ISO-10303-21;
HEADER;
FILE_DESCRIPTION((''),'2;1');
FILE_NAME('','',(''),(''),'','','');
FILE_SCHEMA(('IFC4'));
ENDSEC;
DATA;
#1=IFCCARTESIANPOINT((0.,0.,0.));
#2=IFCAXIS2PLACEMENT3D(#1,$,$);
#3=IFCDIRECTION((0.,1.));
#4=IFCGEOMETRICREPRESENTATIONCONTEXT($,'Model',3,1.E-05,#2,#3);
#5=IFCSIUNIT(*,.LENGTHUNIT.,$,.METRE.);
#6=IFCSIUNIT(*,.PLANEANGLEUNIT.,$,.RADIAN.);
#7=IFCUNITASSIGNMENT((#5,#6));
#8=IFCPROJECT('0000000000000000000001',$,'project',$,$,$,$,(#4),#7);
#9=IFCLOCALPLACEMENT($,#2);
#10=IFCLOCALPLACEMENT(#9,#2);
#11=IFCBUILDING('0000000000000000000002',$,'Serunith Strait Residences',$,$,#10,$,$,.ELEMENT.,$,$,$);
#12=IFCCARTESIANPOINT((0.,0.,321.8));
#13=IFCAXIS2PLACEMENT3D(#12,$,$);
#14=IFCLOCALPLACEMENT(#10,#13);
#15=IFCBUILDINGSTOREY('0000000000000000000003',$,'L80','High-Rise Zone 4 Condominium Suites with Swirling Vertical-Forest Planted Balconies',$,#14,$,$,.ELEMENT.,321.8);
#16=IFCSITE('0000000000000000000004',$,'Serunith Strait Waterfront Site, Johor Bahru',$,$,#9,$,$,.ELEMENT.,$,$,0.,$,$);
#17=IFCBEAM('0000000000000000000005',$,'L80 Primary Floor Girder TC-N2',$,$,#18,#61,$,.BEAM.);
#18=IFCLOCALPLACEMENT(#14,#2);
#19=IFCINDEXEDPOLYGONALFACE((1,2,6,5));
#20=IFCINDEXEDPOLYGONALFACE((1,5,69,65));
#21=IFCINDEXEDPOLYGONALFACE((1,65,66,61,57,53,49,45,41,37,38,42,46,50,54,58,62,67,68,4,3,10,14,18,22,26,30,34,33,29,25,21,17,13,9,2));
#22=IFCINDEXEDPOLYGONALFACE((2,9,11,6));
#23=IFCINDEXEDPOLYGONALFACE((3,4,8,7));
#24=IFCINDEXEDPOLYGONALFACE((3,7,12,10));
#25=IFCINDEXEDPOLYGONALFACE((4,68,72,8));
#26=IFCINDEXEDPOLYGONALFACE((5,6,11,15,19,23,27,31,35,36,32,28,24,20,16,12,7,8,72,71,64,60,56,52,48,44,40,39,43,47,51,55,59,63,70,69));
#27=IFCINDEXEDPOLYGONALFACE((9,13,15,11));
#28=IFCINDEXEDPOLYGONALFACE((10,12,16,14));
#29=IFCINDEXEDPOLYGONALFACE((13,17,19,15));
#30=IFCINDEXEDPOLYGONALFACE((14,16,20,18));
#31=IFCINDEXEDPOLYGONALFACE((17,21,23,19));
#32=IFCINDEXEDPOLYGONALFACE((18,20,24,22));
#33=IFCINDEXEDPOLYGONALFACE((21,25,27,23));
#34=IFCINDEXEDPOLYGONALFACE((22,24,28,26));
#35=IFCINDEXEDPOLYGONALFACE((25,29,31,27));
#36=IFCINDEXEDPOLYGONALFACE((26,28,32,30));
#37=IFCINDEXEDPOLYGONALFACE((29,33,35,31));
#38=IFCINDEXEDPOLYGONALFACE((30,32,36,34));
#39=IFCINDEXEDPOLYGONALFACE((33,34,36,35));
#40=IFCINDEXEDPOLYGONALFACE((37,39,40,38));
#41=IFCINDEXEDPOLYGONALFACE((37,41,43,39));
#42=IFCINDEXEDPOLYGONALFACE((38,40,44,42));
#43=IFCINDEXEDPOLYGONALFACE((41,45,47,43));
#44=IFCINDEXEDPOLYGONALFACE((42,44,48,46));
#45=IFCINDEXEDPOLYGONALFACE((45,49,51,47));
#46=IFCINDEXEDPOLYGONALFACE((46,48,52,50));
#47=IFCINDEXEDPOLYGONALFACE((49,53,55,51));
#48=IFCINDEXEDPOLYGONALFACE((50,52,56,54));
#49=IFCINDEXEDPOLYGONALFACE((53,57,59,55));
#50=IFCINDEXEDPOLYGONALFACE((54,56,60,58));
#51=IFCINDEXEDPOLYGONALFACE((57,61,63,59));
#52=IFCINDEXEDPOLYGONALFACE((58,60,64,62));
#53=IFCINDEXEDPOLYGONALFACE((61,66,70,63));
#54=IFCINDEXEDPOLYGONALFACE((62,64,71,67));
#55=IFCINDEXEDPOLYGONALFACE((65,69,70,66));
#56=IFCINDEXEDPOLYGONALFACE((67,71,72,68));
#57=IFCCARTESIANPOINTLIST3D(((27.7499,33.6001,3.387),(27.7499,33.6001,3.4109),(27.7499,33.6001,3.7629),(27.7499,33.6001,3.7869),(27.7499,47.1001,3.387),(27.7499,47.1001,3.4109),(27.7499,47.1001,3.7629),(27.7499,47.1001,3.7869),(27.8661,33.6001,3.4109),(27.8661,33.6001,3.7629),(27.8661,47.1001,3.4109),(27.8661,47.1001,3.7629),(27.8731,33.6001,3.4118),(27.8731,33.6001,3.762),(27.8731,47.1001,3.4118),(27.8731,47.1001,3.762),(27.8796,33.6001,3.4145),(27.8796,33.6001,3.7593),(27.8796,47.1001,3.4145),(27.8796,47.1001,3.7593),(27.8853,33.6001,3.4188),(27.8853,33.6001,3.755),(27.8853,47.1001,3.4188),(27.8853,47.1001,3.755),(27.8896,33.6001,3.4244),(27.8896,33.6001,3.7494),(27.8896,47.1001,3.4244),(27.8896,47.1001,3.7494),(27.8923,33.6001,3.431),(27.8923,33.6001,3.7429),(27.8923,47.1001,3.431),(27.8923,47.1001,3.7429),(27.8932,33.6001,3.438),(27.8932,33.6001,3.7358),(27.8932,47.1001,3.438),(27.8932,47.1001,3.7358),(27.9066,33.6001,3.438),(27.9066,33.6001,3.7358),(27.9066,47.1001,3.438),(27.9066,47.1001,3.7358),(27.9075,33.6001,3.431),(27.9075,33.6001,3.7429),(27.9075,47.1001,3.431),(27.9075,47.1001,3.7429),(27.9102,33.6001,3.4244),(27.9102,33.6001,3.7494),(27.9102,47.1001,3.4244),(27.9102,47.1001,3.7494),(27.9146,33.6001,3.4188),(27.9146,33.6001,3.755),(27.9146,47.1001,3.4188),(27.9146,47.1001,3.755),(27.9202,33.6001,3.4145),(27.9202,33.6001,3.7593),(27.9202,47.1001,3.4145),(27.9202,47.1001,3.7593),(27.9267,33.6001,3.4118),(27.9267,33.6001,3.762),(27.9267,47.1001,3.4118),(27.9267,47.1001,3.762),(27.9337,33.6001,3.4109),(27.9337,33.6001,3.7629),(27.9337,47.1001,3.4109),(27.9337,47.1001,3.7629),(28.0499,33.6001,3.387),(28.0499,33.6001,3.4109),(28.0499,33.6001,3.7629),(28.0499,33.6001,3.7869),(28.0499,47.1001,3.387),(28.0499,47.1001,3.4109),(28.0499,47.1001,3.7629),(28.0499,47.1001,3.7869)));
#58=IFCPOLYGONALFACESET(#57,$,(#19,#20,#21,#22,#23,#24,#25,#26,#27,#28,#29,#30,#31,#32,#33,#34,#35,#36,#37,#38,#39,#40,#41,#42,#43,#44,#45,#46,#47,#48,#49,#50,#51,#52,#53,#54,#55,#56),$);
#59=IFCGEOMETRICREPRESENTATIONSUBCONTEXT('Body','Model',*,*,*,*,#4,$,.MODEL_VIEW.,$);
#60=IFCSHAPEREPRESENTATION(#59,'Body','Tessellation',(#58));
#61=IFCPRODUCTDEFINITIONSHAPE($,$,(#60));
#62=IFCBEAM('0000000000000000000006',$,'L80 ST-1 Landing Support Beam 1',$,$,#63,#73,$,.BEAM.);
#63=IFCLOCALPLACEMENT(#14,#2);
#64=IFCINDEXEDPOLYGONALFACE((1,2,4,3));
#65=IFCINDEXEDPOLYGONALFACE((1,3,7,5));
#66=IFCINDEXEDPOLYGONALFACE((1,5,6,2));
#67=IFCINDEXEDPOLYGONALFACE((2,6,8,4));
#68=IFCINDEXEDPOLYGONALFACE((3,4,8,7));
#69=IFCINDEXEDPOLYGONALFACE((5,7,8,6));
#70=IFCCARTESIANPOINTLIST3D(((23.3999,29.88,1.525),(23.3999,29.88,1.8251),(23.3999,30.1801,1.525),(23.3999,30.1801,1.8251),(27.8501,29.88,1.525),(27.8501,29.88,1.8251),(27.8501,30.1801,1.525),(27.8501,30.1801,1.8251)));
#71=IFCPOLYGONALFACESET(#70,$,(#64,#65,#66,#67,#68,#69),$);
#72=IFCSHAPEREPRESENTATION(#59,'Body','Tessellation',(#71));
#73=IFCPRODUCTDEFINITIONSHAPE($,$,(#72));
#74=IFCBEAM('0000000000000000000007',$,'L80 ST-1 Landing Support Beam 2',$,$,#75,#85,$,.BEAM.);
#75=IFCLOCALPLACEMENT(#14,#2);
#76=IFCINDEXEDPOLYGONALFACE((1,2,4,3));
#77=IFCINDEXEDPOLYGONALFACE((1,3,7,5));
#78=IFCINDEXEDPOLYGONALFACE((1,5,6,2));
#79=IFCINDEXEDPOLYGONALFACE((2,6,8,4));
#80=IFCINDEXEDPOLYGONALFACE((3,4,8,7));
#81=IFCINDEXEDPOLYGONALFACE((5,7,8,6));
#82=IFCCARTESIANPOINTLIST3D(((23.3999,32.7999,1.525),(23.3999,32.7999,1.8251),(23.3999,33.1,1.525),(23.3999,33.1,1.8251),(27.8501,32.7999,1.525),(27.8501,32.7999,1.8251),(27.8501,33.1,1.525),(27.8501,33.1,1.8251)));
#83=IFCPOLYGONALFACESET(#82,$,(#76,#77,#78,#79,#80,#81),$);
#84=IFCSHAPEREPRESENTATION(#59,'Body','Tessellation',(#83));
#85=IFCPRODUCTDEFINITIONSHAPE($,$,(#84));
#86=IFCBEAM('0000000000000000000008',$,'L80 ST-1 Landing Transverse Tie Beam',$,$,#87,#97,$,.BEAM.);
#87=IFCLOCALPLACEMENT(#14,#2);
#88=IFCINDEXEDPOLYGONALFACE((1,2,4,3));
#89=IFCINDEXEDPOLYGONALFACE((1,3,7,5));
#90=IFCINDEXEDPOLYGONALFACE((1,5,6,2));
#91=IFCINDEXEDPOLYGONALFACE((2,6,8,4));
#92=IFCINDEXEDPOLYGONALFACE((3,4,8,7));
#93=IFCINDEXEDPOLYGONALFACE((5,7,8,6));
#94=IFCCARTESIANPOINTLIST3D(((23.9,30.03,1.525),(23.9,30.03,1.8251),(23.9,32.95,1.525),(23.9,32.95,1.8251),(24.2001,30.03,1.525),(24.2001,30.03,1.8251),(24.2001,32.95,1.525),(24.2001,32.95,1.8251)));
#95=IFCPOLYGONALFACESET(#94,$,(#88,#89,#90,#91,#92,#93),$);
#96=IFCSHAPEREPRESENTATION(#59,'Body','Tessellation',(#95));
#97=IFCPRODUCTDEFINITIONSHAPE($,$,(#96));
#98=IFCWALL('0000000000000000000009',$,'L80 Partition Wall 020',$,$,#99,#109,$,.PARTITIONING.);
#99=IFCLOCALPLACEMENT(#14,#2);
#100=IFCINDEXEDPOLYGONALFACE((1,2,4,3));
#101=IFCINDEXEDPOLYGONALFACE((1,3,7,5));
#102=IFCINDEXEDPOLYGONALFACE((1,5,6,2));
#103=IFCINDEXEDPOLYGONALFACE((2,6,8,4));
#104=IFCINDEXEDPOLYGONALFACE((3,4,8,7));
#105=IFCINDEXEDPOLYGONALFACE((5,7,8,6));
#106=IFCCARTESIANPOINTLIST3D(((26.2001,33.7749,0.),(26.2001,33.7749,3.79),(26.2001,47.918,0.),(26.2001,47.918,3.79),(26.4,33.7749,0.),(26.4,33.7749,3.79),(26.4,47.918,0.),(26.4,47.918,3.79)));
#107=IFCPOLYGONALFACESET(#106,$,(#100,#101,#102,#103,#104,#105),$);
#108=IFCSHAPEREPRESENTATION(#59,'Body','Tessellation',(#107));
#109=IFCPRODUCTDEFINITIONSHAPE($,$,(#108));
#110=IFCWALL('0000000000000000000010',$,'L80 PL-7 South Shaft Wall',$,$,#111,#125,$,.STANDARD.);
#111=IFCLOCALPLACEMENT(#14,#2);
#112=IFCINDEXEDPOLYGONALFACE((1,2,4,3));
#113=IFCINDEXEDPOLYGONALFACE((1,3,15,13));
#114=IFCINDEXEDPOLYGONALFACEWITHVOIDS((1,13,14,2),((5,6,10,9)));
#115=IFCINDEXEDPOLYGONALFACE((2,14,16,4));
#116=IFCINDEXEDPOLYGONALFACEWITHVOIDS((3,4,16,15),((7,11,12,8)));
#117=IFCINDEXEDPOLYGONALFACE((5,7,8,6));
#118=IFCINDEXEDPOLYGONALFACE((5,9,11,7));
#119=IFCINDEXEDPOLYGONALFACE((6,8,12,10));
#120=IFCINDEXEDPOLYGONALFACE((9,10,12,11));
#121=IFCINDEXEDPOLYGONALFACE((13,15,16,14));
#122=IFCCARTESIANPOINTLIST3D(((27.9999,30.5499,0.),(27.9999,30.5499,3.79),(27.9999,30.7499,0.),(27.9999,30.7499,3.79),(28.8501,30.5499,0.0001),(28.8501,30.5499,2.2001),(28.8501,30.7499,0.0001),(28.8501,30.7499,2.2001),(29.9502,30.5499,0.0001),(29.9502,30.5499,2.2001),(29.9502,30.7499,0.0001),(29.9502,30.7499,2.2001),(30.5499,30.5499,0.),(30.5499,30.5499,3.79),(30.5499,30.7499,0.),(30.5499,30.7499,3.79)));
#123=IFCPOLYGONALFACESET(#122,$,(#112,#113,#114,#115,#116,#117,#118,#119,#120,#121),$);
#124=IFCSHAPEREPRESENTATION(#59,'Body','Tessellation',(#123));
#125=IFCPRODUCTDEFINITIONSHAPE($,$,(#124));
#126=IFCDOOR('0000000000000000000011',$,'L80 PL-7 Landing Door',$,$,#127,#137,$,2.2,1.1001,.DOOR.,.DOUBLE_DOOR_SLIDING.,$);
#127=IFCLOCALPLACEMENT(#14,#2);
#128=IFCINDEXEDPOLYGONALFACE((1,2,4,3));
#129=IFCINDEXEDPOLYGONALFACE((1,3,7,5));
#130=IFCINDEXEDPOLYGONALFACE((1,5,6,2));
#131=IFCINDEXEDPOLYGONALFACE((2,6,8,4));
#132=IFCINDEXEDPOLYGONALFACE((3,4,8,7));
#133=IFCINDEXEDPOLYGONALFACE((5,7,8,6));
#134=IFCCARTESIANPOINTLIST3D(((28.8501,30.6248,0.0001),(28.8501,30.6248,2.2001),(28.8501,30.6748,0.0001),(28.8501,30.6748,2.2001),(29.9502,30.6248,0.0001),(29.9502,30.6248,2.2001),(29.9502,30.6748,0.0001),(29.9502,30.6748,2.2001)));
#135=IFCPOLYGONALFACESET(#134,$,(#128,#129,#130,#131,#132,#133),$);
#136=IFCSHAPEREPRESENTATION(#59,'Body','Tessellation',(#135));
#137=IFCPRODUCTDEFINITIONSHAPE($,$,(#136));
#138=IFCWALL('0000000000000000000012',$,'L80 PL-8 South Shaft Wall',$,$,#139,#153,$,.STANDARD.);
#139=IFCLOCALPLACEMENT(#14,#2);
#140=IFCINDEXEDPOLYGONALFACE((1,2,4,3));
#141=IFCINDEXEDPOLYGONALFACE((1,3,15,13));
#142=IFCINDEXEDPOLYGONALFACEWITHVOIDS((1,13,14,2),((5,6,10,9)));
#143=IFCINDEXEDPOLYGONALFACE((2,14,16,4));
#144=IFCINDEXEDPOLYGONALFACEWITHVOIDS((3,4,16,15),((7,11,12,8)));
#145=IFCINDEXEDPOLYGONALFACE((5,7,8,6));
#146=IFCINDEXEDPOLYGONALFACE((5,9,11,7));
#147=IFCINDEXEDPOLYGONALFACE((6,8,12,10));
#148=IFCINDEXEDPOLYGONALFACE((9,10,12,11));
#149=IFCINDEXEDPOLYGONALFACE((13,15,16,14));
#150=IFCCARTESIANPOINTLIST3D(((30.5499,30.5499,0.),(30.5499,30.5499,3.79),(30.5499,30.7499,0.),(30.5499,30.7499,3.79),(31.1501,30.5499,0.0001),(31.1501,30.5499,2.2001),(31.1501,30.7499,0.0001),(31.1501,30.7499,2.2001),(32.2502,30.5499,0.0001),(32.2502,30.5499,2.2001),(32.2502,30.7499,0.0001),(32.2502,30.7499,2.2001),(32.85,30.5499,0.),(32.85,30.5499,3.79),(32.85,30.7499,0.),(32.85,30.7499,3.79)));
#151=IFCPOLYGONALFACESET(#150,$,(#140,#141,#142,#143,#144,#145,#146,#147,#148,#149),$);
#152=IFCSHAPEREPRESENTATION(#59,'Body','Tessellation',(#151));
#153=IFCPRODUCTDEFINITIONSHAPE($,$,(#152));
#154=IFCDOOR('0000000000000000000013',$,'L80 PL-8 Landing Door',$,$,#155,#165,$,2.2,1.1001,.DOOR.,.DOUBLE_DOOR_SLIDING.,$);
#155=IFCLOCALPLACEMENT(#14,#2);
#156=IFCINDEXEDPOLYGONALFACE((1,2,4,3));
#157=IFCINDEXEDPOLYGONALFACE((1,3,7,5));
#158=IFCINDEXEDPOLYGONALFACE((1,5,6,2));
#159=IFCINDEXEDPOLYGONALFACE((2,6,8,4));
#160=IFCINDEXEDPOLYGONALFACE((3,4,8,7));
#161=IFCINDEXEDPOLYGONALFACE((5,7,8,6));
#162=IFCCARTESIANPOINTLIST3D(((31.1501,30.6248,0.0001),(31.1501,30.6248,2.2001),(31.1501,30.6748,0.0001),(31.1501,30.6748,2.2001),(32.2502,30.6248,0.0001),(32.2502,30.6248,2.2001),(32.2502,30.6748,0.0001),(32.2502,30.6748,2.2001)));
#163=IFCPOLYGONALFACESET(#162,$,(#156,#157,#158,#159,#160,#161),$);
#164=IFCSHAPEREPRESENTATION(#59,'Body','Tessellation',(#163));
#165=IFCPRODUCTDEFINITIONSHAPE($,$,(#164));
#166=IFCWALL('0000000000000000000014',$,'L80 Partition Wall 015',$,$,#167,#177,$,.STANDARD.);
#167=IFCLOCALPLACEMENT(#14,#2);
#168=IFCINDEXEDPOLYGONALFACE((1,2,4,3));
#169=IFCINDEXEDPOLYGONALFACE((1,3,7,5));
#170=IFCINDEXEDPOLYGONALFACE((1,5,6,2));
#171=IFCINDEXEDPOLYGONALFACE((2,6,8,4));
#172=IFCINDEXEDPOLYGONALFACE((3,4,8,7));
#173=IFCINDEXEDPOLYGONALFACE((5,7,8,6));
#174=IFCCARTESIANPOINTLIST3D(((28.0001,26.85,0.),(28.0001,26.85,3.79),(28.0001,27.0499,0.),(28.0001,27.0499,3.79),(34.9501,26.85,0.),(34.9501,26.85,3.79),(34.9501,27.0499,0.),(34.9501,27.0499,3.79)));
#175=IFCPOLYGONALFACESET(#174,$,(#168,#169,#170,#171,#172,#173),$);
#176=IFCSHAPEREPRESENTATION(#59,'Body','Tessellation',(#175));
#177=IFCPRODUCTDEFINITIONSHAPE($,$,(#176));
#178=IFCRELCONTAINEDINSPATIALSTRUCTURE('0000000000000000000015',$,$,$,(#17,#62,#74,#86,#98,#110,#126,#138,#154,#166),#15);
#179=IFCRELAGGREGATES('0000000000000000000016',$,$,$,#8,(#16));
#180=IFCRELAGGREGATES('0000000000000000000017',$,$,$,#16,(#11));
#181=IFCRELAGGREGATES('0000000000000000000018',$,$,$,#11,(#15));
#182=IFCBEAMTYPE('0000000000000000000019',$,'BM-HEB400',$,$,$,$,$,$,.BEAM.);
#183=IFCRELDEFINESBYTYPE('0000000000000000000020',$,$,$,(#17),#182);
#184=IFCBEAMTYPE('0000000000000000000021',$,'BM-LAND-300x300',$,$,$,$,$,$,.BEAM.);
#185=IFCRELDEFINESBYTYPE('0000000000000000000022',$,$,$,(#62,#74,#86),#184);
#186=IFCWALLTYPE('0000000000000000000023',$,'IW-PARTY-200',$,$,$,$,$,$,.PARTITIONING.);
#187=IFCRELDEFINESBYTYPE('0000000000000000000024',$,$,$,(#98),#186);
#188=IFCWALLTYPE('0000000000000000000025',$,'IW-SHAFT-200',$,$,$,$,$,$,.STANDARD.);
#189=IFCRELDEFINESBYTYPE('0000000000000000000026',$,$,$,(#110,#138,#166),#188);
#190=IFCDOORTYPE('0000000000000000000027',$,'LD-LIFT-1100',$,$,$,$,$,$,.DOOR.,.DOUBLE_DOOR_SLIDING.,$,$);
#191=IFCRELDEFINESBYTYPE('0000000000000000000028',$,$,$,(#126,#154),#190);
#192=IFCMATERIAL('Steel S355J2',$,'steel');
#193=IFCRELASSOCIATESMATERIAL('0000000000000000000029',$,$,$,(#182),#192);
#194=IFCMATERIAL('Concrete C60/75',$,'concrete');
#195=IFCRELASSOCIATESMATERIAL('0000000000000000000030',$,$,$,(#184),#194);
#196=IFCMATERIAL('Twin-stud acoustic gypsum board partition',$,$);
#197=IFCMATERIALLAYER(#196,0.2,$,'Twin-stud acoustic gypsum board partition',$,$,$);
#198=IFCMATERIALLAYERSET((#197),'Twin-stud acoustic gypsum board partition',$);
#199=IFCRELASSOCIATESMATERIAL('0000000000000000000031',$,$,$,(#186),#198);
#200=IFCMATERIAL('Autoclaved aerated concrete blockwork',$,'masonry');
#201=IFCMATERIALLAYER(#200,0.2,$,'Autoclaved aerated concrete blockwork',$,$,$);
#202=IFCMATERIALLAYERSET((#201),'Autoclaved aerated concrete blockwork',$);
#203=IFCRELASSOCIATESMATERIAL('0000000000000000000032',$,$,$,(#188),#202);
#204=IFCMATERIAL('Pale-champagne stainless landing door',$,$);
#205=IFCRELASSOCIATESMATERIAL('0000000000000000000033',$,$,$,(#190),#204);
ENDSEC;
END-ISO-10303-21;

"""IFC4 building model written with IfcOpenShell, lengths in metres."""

from ifc_helpers import new_model, si_unit, direction, frame, frame_2d, origin, origin_2d, place, context, subcontext, project, spatial, rectangle, i_section, extrude, source, transform, mapped, material, layer, layer_set, material_profile, profile_set, type_object, element, fill, save


model = new_model("IFC4")

# Units and contexts
model_context = context("Model", 3, precision=1e-05, world=origin(), true_north=direction((0.0, 1.0)))
body_context = subcontext(model_context, "Body", "Model", "MODEL_VIEW")
ifc_project = project(units=[si_unit("LENGTHUNIT", "METRE"), si_unit("PLANEANGLEUNIT", "RADIAN")], contexts=[model_context])

# Site, building, storey
site_placement = place(None, origin())
site = spatial("IfcSite", under=ifc_project, at=site_placement, Name="Serunith Strait Waterfront Site, Johor Bahru", CompositionType="ELEMENT", RefElevation=0.0)
building_placement = place(site_placement, origin())
building = spatial("IfcBuilding", under=site, at=building_placement, Name="Serunith Strait Residences", CompositionType="ELEMENT")
storey_placement = place(building_placement, frame((0.0, 0.0, 321.8)))
storey = spatial("IfcBuildingStorey", under=building, at=storey_placement, Name="L80", Description="High-Rise Zone 4 Condominium Suites with Swirling Vertical-Forest Planted Balconies", CompositionType="ELEMENT", Elevation=321.8)

# Beams
ifc_material_1 = material(Name="Steel S355J2", Category="steel")
ifc_material_profile_1 = material_profile(ifc_material_1, i_section(OverallWidth=0.3, OverallDepth=0.3999, WebThickness=0.0134, FlangeThickness=0.0239, FilletRadius=0.0271, at=origin_2d()), Name="HEB 400")
ifc_profile_set_1 = profile_set([ifc_material_profile_1], Name="Steel S355J2")
beam_type_1 = type_object("IfcBeamType", Name="BM-HEB400", PredefinedType="BEAM", material=ifc_profile_set_1)
shared_shape_1 = source(origin(), body_context, "Body", "SweptSolid", [
    extrude(i_section(OverallWidth=0.3, OverallDepth=0.3999, WebThickness=0.0134, FlangeThickness=0.0239, FilletRadius=0.0271, at=origin_2d()), origin(), (0.0, 0.0, 1.0), 13.5),
])
beam_1_placement = place(storey_placement, frame((27.8999, 33.6001, 3.5869), z_axis=(0.0, 1.0, 0.0), x_axis=(-1.0, 0.0, 0.0)))
element("IfcBeam", 1, at=beam_1_placement, inside=storey, type_object=beam_type_1, Name="L80 Primary Floor Girder TC-N2", PredefinedType="BEAM", context=body_context, shape_type="MappedRepresentation", body=[
    mapped(shared_shape_1, transform((0.0, 0.0, 0.0), scale=1.0)),
])
ifc_material_2 = material(Name="Concrete C60/75", Category="concrete")
ifc_material_profile_2 = material_profile(ifc_material_2, rectangle(XDim=0.3, YDim=0.3, at=origin_2d()), Name="RC 300x300")
ifc_profile_set_2 = profile_set([ifc_material_profile_2], Name="Concrete C60/75")
beam_type_2 = type_object("IfcBeamType", Name="BM-LAND-300x300", PredefinedType="BEAM", material=ifc_profile_set_2)
shared_shape_2 = source(origin(), body_context, "Body", "SweptSolid", [
    extrude(rectangle(XDim=0.3, YDim=0.3, at=origin_2d()), origin(), (0.0, 0.0, 1.0), 4.4502),
])
for number, where, z_axis, x_axis, name in (
    (2, (23.3999, 30.03, 1.675), (1.0, 0.0, 0.0), (0.0, 1.0, 0.0), "L80 ST-1 Landing Support Beam 1"),
    (3, (23.3999, 32.95, 1.675), (1.0, 0.0, 0.0), (0.0, 1.0, 0.0), "L80 ST-1 Landing Support Beam 2"),
):
    element("IfcBeam", number, at=place(storey_placement, frame(where, z_axis=z_axis, x_axis=x_axis)), inside=storey, type_object=beam_type_2, Name=name, PredefinedType="BEAM", context=body_context, shape_type="MappedRepresentation", body=[
        mapped(shared_shape_2, transform((0.0, 0.0, 0.0), scale=1.0)),
    ])
shared_shape_3 = source(origin(), body_context, "Body", "SweptSolid", [
    extrude(rectangle(XDim=0.3, YDim=0.3, at=origin_2d()), origin(), (0.0, 0.0, 1.0), 2.9199),
])
beam_2_placement = place(storey_placement, frame((24.05, 30.03, 1.675), z_axis=(0.0, 1.0, 0.0), x_axis=(-1.0, 0.0, 0.0)))
element("IfcBeam", 4, at=beam_2_placement, inside=storey, type_object=beam_type_2, Name="L80 ST-1 Landing Transverse Tie Beam", PredefinedType="BEAM", context=body_context, shape_type="MappedRepresentation", body=[
    mapped(shared_shape_3, transform((0.0, 0.0, 0.0), scale=1.0)),
])

# Wall
ifc_material_3 = material(Name="Twin-stud acoustic gypsum board partition")
ifc_layer_1 = layer(ifc_material_3, 0.2, Name="Twin-stud acoustic gypsum board partition")
ifc_layer_set_1 = layer_set([ifc_layer_1], Name="Twin-stud acoustic gypsum board partition")
wall_type_1 = type_object("IfcWallType", Name="IW-PARTY-200", PredefinedType="PARTITIONING", material=ifc_layer_set_1)
wall_1_placement = place(storey_placement, frame((26.3, 33.7749, 0.0), z_axis=(0.0, 0.0, 1.0), x_axis=(0.0, 1.0, 0.0)))
element("IfcWall", 5, at=wall_1_placement, inside=storey, type_object=wall_type_1, Name="L80 Partition Wall 020", PredefinedType="PARTITIONING", context=body_context, shape_type="SweptSolid", body=[
    extrude(rectangle(XDim=14.1431, YDim=0.2, at=frame_2d((7.0715, 0.0))), origin(), (0.0, 0.0, 1.0), 3.79),
])

# Walls, openings, doors
ifc_material_4 = material(Name="Autoclaved aerated concrete blockwork", Category="masonry")
ifc_layer_2 = layer(ifc_material_4, 0.2, Name="Autoclaved aerated concrete blockwork")
ifc_layer_set_2 = layer_set([ifc_layer_2], Name="Autoclaved aerated concrete blockwork")
wall_type_2 = type_object("IfcWallType", Name="IW-SHAFT-200", PredefinedType="STANDARD", material=ifc_layer_set_2)
wall_2_placement = place(storey_placement, frame((28.0, 30.6499, 0.0), z_axis=(0.0, 0.0, 1.0), x_axis=(1.0, 0.0, 0.0)))
wall_2 = element("IfcWall", 6, at=wall_2_placement, inside=storey, type_object=wall_type_2, Name="L80 PL-7 South Shaft Wall", PredefinedType="STANDARD", context=body_context, shape_type="SweptSolid", body=[
    extrude(rectangle(XDim=2.55, YDim=0.2, at=frame_2d((1.2749, 0.0))), origin(), (0.0, 0.0, 1.0), 3.79),
])
opening_1_placement = place(wall_2_placement, frame((0.8501, 0.0, 0.0)))
opening_1 = element("IfcOpeningElement", 7, at=opening_1_placement, cuts=wall_2, PredefinedType="OPENING", context=body_context, shape_type="SweptSolid", body=[
    extrude(rectangle(XDim=1.1001, YDim=2.2, at=frame_2d((0.55, 1.1001))), frame((0.0, 0.1099, 0.0), z_axis=(0.0, -1.0, 0.0), x_axis=(1.0, 0.0, 0.0)), (0.0, 0.0, 1.0), 0.22),
])
ifc_material_5 = material(Name="Pale-champagne stainless landing door")
door_type = type_object("IfcDoorType", Name="LD-LIFT-1100", OperationType="DOUBLE_DOOR_SLIDING", PredefinedType="DOOR", material=ifc_material_5)
shared_shape_4 = source(origin(), body_context, "Body", "SweptSolid", [
    extrude(rectangle(XDim=1.1001, YDim=2.2, at=frame_2d((0.55, 1.1001))), frame((0.0, 0.0249, 0.0), z_axis=(0.0, -1.0, 0.0), x_axis=(1.0, 0.0, 0.0)), (0.0, 0.0, 1.0), 0.05),
])
door_1_placement = place(opening_1_placement, origin())
door_1 = element("IfcDoor", 8, at=door_1_placement, inside=storey, type_object=door_type, Name="L80 PL-7 Landing Door", OperationType="DOUBLE_DOOR_SLIDING", OverallHeight=2.2, OverallWidth=1.1001, PredefinedType="DOOR", context=body_context, shape_type="MappedRepresentation", body=[
    mapped(shared_shape_4, transform((0.0, 0.0, 0.0), scale=1.0)),
])
fill(opening_1, door_1)
wall_3_placement = place(storey_placement, frame((30.55, 30.6499, 0.0), z_axis=(0.0, 0.0, 1.0), x_axis=(1.0, 0.0, 0.0)))
wall_3 = element("IfcWall", 9, at=wall_3_placement, inside=storey, type_object=wall_type_2, Name="L80 PL-8 South Shaft Wall", PredefinedType="STANDARD", context=body_context, shape_type="SweptSolid", body=[
    extrude(rectangle(XDim=2.3, YDim=0.2, at=frame_2d((1.1499, 0.0))), origin(), (0.0, 0.0, 1.0), 3.79),
])
opening_2_placement = place(wall_3_placement, frame((0.6001, 0.0, 0.0)))
opening_2 = element("IfcOpeningElement", 10, at=opening_2_placement, cuts=wall_3, PredefinedType="OPENING", context=body_context, shape_type="SweptSolid", body=[
    extrude(rectangle(XDim=1.1001, YDim=2.2, at=frame_2d((0.55, 1.1001))), frame((0.0, 0.1099, 0.0), z_axis=(0.0, -1.0, 0.0), x_axis=(1.0, 0.0, 0.0)), (0.0, 0.0, 1.0), 0.22),
])
door_2_placement = place(opening_2_placement, origin())
door_2 = element("IfcDoor", 11, at=door_2_placement, inside=storey, type_object=door_type, Name="L80 PL-8 Landing Door", OperationType="DOUBLE_DOOR_SLIDING", OverallHeight=2.2, OverallWidth=1.1001, PredefinedType="DOOR", context=body_context, shape_type="MappedRepresentation", body=[
    mapped(shared_shape_4, transform((0.0, 0.0, 0.0), scale=1.0)),
])
fill(opening_2, door_2)

# Wall
wall_4_placement = place(storey_placement, frame((28.0, 26.95, 0.0), z_axis=(0.0, 0.0, 1.0), x_axis=(1.0, 0.0, 0.0)))
element("IfcWall", 12, at=wall_4_placement, inside=storey, type_object=wall_type_2, Name="L80 Partition Wall 015", PredefinedType="STANDARD", context=body_context, shape_type="SweptSolid", body=[
    extrude(rectangle(XDim=6.95, YDim=0.2, at=frame_2d((3.4751, 0.0))), origin(), (0.0, 0.0, 1.0), 3.79),
])

save(model, "model.ifc")
